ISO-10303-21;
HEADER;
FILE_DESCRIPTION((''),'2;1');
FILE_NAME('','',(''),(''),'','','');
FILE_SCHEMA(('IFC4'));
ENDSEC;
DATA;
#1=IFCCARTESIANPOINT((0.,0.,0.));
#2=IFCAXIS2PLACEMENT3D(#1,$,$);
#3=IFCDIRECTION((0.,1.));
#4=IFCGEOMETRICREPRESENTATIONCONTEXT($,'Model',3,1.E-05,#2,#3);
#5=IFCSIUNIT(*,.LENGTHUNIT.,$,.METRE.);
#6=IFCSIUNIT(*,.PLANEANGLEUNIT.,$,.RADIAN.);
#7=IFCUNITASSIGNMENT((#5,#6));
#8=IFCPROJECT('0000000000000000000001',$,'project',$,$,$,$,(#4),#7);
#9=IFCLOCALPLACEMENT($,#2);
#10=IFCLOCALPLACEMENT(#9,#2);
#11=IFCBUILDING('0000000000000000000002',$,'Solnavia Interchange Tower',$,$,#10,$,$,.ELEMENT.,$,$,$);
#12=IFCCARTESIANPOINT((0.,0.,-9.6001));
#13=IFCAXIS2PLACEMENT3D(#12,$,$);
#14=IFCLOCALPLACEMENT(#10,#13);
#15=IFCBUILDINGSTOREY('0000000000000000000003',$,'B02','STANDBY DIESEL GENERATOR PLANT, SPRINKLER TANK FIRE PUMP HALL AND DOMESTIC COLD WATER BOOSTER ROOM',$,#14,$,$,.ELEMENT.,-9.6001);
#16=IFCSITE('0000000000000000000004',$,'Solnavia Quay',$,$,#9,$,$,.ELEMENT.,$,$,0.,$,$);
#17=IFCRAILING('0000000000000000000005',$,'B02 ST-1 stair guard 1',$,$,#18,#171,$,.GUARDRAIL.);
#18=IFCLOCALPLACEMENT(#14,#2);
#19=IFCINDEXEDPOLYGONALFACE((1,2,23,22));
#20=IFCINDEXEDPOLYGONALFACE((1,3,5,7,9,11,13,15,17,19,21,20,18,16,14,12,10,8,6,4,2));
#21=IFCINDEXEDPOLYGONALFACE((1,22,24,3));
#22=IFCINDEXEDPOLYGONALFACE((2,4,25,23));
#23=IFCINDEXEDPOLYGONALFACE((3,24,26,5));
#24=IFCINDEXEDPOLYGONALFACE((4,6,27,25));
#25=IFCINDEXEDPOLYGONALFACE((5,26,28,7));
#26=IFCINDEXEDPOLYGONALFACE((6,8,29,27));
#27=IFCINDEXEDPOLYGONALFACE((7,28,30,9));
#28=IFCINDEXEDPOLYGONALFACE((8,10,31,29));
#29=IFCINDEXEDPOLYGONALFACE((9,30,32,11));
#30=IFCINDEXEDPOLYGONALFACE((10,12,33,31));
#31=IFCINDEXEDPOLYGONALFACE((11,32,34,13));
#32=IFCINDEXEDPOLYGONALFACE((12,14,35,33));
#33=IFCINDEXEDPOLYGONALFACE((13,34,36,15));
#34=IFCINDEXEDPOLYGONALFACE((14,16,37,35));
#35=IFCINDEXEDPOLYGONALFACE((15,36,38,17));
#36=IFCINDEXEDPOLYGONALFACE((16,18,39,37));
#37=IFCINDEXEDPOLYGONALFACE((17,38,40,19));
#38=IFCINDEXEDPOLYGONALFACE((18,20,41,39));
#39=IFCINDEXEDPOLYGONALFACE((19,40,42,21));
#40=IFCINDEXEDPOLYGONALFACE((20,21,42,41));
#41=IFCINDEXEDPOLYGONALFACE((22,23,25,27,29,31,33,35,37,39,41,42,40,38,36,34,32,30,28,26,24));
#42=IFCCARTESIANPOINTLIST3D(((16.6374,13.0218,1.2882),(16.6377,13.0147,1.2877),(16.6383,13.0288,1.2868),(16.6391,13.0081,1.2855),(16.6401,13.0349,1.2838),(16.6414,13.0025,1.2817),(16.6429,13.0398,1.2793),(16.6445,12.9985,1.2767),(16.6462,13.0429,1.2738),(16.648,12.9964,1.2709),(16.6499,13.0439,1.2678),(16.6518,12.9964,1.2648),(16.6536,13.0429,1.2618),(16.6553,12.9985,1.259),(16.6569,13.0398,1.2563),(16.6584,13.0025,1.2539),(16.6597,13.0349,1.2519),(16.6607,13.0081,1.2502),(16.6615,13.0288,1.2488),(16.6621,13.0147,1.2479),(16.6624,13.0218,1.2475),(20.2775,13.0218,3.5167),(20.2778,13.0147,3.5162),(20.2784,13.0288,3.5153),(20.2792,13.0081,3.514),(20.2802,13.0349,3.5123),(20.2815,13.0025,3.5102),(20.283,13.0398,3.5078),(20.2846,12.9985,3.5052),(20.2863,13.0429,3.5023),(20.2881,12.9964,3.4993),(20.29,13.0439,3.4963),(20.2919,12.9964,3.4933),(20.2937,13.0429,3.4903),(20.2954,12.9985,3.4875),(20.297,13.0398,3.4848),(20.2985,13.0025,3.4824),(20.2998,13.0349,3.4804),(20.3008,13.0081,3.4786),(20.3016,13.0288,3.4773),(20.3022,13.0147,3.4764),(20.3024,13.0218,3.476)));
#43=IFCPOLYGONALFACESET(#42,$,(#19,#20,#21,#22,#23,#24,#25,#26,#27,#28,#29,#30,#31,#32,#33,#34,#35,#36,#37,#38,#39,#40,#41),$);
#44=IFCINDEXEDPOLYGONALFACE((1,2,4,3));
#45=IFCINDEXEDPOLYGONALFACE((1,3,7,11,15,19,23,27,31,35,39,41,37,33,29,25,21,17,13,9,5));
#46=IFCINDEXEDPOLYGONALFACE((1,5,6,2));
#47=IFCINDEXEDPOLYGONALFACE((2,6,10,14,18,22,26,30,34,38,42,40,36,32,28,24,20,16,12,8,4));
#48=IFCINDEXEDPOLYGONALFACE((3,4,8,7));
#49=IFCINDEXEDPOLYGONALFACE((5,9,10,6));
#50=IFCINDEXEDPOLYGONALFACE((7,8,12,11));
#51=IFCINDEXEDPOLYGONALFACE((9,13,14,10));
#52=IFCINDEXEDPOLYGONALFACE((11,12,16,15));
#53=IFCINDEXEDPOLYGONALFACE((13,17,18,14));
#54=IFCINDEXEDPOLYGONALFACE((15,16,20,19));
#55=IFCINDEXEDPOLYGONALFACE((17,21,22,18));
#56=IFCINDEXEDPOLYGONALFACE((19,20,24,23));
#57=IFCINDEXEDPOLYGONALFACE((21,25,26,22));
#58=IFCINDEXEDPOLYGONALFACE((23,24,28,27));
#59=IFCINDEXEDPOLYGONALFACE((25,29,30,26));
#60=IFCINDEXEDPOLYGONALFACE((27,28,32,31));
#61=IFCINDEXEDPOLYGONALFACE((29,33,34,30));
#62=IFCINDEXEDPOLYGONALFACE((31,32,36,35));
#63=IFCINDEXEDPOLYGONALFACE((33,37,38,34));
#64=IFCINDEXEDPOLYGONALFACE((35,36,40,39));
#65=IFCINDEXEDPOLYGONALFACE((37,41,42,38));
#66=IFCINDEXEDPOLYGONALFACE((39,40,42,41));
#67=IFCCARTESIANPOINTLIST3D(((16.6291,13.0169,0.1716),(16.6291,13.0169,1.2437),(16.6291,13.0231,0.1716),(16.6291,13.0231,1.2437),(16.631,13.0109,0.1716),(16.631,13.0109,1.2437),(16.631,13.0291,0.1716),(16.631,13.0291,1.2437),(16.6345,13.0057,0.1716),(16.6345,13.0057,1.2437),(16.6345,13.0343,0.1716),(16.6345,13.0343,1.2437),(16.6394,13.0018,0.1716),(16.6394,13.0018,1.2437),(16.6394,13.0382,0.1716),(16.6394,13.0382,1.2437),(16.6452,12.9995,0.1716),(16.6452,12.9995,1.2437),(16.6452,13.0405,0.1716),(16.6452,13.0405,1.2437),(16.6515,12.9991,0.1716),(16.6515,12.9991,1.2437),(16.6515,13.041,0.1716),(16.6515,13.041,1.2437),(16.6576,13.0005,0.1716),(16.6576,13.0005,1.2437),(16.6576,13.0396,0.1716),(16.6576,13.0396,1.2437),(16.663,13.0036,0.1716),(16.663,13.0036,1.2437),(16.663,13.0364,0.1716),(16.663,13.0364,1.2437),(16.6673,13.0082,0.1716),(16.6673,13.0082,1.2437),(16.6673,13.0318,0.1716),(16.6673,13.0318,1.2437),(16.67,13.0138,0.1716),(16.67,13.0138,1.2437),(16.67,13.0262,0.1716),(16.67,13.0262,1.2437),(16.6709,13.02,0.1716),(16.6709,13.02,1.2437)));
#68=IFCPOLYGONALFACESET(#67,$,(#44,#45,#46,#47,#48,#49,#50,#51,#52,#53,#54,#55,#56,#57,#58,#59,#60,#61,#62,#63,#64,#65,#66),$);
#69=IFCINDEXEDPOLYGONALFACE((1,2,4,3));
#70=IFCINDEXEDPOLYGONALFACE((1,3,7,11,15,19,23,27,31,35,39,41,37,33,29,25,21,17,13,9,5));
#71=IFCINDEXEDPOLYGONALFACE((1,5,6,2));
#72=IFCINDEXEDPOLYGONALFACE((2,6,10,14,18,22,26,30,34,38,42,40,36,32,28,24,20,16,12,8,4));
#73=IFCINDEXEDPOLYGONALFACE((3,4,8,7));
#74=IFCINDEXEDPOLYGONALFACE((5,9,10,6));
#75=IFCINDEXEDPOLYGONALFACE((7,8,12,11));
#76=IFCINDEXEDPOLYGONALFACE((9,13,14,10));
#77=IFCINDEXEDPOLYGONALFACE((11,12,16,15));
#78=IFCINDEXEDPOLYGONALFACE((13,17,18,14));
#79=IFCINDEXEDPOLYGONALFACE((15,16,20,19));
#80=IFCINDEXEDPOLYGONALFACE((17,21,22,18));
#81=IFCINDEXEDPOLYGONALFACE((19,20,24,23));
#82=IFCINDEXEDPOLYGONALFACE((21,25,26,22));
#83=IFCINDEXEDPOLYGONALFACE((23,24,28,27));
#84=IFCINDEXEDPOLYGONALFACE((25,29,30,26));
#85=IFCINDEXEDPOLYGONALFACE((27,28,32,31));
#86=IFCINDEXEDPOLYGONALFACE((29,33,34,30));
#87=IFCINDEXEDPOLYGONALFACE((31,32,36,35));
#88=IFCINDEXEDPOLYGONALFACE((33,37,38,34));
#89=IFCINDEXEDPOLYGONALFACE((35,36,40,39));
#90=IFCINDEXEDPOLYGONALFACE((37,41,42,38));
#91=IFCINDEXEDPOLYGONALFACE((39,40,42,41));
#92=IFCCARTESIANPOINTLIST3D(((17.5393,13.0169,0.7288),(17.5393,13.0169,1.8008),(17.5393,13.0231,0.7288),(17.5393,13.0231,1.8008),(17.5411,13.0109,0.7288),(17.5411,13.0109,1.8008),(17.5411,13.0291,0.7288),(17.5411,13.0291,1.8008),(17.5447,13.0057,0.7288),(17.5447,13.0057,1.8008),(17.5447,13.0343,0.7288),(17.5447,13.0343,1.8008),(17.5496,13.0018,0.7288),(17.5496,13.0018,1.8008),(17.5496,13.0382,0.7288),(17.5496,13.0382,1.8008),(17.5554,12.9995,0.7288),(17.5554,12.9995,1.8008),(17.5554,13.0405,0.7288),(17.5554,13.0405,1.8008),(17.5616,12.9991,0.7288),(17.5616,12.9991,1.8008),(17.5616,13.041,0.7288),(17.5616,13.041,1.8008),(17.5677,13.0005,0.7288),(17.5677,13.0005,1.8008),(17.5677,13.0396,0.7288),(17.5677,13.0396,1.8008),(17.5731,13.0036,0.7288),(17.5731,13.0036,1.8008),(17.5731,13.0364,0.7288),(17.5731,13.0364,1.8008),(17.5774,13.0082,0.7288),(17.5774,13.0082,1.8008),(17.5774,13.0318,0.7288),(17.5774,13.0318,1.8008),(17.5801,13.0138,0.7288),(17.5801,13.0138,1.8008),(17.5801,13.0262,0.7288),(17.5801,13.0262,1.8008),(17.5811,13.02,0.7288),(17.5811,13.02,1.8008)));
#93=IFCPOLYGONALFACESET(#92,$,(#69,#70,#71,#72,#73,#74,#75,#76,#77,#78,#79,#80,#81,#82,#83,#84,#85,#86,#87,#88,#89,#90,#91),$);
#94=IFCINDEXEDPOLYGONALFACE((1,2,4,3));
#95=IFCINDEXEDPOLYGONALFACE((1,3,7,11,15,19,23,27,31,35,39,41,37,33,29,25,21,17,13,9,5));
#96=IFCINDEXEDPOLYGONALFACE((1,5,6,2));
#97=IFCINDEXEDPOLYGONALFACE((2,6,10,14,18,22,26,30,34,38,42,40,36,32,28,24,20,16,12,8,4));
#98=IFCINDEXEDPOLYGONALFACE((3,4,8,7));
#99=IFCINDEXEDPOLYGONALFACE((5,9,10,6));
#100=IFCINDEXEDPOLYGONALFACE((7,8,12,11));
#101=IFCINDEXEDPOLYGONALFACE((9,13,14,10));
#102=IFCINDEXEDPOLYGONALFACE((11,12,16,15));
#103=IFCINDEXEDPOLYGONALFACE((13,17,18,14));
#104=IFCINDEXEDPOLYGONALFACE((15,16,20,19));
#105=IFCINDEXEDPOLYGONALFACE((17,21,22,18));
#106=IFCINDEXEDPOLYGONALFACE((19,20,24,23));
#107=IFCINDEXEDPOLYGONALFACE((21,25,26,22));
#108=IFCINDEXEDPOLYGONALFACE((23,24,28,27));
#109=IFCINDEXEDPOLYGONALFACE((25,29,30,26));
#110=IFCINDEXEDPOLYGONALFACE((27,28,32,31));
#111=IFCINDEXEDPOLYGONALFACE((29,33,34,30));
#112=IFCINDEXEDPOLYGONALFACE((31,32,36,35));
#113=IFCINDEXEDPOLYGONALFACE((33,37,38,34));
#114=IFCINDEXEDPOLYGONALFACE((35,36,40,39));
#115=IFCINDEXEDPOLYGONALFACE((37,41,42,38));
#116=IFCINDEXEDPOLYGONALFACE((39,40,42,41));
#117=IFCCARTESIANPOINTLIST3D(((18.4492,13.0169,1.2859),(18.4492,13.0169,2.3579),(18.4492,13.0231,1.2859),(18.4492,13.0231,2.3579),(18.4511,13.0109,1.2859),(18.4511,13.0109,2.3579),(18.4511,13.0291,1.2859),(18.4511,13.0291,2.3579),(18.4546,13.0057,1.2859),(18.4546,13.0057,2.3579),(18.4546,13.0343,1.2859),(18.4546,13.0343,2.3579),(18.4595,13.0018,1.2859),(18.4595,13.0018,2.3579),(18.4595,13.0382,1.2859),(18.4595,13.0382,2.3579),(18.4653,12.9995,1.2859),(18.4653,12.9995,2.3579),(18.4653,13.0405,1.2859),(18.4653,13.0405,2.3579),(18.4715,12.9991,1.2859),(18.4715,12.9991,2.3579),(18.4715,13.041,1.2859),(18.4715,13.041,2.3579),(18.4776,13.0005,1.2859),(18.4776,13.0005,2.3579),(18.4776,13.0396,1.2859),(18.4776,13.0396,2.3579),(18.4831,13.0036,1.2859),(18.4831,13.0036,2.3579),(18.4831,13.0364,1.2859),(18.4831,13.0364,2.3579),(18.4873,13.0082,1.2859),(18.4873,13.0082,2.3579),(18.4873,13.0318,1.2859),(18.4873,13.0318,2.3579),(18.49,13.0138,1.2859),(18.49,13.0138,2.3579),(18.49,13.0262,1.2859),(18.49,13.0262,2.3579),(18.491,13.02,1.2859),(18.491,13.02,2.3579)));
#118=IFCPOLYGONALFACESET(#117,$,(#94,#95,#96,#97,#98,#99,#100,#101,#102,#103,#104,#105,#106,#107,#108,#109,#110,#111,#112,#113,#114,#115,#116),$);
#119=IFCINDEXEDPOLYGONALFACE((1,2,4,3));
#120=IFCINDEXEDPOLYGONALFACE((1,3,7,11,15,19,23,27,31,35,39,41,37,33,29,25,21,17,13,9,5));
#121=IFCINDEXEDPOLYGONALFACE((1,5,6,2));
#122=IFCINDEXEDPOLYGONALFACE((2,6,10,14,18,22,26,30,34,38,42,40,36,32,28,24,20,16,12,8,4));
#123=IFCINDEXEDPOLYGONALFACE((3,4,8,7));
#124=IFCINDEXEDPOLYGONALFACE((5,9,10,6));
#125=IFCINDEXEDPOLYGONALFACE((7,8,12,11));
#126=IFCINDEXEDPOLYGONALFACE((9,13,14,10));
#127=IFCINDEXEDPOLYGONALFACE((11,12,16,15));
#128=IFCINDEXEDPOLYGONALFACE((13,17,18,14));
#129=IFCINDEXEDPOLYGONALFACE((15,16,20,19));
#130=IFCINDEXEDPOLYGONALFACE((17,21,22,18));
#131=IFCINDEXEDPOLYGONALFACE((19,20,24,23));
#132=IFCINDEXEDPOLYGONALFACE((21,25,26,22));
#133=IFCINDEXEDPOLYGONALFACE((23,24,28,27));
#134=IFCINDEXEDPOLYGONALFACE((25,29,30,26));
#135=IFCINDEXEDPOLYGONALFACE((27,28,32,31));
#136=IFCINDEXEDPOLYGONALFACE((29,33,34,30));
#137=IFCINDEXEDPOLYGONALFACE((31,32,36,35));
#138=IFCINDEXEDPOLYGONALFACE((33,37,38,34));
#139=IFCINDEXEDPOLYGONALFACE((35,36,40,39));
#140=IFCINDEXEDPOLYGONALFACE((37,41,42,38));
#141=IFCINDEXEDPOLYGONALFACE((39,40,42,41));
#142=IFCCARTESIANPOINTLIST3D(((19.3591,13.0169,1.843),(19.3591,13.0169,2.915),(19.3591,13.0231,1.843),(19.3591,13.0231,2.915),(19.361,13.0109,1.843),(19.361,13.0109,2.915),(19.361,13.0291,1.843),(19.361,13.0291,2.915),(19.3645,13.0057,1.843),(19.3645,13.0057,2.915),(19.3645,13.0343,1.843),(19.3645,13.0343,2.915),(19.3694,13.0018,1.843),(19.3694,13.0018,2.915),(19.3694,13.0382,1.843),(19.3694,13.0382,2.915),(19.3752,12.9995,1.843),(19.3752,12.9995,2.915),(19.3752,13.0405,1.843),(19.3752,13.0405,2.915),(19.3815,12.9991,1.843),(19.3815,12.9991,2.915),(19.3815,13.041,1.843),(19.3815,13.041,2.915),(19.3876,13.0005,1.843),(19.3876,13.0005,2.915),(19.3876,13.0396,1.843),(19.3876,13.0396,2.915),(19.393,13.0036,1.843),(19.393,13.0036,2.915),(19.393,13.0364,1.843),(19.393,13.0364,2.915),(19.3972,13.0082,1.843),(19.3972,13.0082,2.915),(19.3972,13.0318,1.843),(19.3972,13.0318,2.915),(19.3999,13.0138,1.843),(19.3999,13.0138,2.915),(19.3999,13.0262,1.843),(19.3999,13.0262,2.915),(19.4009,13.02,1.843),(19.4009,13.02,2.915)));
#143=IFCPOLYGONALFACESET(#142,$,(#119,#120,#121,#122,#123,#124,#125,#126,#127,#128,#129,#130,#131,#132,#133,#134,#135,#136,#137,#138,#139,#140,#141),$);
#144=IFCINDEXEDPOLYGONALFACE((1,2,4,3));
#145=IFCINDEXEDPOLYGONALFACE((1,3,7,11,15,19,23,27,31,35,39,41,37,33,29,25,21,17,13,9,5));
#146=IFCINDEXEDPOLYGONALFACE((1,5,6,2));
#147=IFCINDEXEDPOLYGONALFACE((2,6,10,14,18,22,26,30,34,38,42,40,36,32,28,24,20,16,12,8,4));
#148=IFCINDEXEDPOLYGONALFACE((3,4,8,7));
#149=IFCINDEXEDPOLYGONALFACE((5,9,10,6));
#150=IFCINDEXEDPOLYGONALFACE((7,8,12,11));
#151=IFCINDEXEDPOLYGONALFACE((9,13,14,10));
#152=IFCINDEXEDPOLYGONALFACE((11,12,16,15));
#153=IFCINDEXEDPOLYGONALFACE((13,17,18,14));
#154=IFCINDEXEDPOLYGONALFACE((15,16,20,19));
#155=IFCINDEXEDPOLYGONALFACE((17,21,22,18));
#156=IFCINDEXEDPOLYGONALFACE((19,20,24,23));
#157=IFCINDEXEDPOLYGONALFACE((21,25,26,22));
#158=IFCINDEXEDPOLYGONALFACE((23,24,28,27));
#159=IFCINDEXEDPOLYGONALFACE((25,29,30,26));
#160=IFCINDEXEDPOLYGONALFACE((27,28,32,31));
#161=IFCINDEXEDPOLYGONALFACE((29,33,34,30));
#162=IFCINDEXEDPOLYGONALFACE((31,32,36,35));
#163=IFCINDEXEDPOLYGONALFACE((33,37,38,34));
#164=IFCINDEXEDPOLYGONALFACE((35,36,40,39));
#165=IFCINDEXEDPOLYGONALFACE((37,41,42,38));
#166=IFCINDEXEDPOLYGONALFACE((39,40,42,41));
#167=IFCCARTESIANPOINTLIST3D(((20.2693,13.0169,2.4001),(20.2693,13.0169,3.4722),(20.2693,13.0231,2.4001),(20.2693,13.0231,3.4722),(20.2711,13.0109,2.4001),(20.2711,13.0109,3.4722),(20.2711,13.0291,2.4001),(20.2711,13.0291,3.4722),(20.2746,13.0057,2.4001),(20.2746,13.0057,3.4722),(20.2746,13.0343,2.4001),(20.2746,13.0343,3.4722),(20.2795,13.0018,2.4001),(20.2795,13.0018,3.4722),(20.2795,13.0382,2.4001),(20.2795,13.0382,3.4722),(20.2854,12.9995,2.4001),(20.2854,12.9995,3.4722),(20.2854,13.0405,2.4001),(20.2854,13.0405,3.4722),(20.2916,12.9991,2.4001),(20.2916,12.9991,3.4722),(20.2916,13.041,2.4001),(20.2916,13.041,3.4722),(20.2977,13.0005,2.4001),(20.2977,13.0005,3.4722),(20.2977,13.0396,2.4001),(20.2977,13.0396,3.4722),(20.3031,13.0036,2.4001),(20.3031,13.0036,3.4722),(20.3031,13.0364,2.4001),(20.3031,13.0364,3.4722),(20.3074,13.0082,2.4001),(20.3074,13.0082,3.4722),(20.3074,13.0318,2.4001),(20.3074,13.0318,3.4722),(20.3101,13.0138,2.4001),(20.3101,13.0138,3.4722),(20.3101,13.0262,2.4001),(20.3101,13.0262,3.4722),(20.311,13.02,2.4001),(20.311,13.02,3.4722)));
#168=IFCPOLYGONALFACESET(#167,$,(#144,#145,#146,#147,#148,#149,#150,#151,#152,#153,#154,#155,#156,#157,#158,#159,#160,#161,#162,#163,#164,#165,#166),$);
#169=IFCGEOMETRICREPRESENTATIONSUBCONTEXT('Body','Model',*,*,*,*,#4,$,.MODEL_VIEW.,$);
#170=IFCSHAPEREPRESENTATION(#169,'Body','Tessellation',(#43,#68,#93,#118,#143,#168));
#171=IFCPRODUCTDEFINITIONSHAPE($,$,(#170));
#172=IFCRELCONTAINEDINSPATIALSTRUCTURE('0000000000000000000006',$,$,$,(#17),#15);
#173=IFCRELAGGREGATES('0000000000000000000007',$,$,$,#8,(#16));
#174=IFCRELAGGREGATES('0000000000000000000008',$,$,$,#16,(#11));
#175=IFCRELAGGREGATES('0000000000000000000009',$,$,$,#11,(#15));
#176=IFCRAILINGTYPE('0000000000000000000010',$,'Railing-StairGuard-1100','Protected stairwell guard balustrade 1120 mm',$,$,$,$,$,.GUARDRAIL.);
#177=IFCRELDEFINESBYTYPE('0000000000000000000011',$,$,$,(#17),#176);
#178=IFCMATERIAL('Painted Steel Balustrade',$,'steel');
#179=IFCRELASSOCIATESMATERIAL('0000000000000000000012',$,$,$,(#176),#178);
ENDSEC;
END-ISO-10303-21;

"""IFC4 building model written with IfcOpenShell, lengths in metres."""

from ifc_helpers import new_model, si_unit, direction, frame, origin, origin_2d, place, context, subcontext, project, spatial, circle, extrude, material, type_object, element, save


model = new_model("IFC4")

# Units and contexts
model_context = context("Model", 3, precision=1e-05, world=origin(), true_north=direction((0.0, 1.0)))
body_context = subcontext(model_context, "Body", "Model", "MODEL_VIEW")
ifc_project = project(units=[si_unit("LENGTHUNIT", "METRE"), si_unit("PLANEANGLEUNIT", "RADIAN")], contexts=[model_context])

# Site, building, storey
site_placement = place(None, origin())
site = spatial("IfcSite", under=ifc_project, at=site_placement, Name="Solnavia Quay", CompositionType="ELEMENT", RefElevation=0.0)
building_placement = place(site_placement, origin())
building = spatial("IfcBuilding", under=site, at=building_placement, Name="Solnavia Interchange Tower", CompositionType="ELEMENT")
storey_placement = place(building_placement, frame((0.0, 0.0, -9.6001)))
storey = spatial("IfcBuildingStorey", under=building, at=storey_placement, Name="B02", Description="STANDBY DIESEL GENERATOR PLANT, SPRINKLER TANK FIRE PUMP HALL AND DOMESTIC COLD WATER BOOSTER ROOM", CompositionType="ELEMENT", Elevation=-9.6001)

# Railing
ifc_material_1 = material(Name="Painted Steel Balustrade", Category="steel")
railing_type_1 = type_object("IfcRailingType", Name="Railing-StairGuard-1100", Description="Protected stairwell guard balustrade 1120 mm", PredefinedType="GUARDRAIL", material=ifc_material_1)
railing_1_placement = place(storey_placement, frame((16.6499, 13.02, 0.1716)))
element("IfcRailing", 1, at=railing_1_placement, inside=storey, type_object=railing_type_1, Name="B02 ST-1 stair guard 1", PredefinedType="GUARDRAIL", context=body_context, shape_type="SweptSolid", body=[
    extrude(circle(Radius=0.0239, at=origin_2d()), frame((0.0, 0.0, 1.0962), z_axis=(0.852866, 0.0, 0.52213), x_axis=(0.0, 1.0, 0.0)), (0.0, 0.0, 1.0), 4.2681),
    extrude(circle(Radius=0.021, at=origin_2d()), origin(), (0.0, 0.0, 1.0), 1.072),
    extrude(circle(Radius=0.021, at=origin_2d()), frame((0.9102, 0.0, 0.5571)), (0.0, 0.0, 1.0), 1.072),
    extrude(circle(Radius=0.021, at=origin_2d()), frame((1.8201, 0.0, 1.1143)), (0.0, 0.0, 1.0), 1.072),
    extrude(circle(Radius=0.021, at=origin_2d()), frame((2.73, 0.0, 1.6714)), (0.0, 0.0, 1.0), 1.072),
    extrude(circle(Radius=0.021, at=origin_2d()), frame((3.6401, 0.0, 2.2285)), (0.0, 0.0, 1.0), 1.072),
])

save(model, "model.ifc")
